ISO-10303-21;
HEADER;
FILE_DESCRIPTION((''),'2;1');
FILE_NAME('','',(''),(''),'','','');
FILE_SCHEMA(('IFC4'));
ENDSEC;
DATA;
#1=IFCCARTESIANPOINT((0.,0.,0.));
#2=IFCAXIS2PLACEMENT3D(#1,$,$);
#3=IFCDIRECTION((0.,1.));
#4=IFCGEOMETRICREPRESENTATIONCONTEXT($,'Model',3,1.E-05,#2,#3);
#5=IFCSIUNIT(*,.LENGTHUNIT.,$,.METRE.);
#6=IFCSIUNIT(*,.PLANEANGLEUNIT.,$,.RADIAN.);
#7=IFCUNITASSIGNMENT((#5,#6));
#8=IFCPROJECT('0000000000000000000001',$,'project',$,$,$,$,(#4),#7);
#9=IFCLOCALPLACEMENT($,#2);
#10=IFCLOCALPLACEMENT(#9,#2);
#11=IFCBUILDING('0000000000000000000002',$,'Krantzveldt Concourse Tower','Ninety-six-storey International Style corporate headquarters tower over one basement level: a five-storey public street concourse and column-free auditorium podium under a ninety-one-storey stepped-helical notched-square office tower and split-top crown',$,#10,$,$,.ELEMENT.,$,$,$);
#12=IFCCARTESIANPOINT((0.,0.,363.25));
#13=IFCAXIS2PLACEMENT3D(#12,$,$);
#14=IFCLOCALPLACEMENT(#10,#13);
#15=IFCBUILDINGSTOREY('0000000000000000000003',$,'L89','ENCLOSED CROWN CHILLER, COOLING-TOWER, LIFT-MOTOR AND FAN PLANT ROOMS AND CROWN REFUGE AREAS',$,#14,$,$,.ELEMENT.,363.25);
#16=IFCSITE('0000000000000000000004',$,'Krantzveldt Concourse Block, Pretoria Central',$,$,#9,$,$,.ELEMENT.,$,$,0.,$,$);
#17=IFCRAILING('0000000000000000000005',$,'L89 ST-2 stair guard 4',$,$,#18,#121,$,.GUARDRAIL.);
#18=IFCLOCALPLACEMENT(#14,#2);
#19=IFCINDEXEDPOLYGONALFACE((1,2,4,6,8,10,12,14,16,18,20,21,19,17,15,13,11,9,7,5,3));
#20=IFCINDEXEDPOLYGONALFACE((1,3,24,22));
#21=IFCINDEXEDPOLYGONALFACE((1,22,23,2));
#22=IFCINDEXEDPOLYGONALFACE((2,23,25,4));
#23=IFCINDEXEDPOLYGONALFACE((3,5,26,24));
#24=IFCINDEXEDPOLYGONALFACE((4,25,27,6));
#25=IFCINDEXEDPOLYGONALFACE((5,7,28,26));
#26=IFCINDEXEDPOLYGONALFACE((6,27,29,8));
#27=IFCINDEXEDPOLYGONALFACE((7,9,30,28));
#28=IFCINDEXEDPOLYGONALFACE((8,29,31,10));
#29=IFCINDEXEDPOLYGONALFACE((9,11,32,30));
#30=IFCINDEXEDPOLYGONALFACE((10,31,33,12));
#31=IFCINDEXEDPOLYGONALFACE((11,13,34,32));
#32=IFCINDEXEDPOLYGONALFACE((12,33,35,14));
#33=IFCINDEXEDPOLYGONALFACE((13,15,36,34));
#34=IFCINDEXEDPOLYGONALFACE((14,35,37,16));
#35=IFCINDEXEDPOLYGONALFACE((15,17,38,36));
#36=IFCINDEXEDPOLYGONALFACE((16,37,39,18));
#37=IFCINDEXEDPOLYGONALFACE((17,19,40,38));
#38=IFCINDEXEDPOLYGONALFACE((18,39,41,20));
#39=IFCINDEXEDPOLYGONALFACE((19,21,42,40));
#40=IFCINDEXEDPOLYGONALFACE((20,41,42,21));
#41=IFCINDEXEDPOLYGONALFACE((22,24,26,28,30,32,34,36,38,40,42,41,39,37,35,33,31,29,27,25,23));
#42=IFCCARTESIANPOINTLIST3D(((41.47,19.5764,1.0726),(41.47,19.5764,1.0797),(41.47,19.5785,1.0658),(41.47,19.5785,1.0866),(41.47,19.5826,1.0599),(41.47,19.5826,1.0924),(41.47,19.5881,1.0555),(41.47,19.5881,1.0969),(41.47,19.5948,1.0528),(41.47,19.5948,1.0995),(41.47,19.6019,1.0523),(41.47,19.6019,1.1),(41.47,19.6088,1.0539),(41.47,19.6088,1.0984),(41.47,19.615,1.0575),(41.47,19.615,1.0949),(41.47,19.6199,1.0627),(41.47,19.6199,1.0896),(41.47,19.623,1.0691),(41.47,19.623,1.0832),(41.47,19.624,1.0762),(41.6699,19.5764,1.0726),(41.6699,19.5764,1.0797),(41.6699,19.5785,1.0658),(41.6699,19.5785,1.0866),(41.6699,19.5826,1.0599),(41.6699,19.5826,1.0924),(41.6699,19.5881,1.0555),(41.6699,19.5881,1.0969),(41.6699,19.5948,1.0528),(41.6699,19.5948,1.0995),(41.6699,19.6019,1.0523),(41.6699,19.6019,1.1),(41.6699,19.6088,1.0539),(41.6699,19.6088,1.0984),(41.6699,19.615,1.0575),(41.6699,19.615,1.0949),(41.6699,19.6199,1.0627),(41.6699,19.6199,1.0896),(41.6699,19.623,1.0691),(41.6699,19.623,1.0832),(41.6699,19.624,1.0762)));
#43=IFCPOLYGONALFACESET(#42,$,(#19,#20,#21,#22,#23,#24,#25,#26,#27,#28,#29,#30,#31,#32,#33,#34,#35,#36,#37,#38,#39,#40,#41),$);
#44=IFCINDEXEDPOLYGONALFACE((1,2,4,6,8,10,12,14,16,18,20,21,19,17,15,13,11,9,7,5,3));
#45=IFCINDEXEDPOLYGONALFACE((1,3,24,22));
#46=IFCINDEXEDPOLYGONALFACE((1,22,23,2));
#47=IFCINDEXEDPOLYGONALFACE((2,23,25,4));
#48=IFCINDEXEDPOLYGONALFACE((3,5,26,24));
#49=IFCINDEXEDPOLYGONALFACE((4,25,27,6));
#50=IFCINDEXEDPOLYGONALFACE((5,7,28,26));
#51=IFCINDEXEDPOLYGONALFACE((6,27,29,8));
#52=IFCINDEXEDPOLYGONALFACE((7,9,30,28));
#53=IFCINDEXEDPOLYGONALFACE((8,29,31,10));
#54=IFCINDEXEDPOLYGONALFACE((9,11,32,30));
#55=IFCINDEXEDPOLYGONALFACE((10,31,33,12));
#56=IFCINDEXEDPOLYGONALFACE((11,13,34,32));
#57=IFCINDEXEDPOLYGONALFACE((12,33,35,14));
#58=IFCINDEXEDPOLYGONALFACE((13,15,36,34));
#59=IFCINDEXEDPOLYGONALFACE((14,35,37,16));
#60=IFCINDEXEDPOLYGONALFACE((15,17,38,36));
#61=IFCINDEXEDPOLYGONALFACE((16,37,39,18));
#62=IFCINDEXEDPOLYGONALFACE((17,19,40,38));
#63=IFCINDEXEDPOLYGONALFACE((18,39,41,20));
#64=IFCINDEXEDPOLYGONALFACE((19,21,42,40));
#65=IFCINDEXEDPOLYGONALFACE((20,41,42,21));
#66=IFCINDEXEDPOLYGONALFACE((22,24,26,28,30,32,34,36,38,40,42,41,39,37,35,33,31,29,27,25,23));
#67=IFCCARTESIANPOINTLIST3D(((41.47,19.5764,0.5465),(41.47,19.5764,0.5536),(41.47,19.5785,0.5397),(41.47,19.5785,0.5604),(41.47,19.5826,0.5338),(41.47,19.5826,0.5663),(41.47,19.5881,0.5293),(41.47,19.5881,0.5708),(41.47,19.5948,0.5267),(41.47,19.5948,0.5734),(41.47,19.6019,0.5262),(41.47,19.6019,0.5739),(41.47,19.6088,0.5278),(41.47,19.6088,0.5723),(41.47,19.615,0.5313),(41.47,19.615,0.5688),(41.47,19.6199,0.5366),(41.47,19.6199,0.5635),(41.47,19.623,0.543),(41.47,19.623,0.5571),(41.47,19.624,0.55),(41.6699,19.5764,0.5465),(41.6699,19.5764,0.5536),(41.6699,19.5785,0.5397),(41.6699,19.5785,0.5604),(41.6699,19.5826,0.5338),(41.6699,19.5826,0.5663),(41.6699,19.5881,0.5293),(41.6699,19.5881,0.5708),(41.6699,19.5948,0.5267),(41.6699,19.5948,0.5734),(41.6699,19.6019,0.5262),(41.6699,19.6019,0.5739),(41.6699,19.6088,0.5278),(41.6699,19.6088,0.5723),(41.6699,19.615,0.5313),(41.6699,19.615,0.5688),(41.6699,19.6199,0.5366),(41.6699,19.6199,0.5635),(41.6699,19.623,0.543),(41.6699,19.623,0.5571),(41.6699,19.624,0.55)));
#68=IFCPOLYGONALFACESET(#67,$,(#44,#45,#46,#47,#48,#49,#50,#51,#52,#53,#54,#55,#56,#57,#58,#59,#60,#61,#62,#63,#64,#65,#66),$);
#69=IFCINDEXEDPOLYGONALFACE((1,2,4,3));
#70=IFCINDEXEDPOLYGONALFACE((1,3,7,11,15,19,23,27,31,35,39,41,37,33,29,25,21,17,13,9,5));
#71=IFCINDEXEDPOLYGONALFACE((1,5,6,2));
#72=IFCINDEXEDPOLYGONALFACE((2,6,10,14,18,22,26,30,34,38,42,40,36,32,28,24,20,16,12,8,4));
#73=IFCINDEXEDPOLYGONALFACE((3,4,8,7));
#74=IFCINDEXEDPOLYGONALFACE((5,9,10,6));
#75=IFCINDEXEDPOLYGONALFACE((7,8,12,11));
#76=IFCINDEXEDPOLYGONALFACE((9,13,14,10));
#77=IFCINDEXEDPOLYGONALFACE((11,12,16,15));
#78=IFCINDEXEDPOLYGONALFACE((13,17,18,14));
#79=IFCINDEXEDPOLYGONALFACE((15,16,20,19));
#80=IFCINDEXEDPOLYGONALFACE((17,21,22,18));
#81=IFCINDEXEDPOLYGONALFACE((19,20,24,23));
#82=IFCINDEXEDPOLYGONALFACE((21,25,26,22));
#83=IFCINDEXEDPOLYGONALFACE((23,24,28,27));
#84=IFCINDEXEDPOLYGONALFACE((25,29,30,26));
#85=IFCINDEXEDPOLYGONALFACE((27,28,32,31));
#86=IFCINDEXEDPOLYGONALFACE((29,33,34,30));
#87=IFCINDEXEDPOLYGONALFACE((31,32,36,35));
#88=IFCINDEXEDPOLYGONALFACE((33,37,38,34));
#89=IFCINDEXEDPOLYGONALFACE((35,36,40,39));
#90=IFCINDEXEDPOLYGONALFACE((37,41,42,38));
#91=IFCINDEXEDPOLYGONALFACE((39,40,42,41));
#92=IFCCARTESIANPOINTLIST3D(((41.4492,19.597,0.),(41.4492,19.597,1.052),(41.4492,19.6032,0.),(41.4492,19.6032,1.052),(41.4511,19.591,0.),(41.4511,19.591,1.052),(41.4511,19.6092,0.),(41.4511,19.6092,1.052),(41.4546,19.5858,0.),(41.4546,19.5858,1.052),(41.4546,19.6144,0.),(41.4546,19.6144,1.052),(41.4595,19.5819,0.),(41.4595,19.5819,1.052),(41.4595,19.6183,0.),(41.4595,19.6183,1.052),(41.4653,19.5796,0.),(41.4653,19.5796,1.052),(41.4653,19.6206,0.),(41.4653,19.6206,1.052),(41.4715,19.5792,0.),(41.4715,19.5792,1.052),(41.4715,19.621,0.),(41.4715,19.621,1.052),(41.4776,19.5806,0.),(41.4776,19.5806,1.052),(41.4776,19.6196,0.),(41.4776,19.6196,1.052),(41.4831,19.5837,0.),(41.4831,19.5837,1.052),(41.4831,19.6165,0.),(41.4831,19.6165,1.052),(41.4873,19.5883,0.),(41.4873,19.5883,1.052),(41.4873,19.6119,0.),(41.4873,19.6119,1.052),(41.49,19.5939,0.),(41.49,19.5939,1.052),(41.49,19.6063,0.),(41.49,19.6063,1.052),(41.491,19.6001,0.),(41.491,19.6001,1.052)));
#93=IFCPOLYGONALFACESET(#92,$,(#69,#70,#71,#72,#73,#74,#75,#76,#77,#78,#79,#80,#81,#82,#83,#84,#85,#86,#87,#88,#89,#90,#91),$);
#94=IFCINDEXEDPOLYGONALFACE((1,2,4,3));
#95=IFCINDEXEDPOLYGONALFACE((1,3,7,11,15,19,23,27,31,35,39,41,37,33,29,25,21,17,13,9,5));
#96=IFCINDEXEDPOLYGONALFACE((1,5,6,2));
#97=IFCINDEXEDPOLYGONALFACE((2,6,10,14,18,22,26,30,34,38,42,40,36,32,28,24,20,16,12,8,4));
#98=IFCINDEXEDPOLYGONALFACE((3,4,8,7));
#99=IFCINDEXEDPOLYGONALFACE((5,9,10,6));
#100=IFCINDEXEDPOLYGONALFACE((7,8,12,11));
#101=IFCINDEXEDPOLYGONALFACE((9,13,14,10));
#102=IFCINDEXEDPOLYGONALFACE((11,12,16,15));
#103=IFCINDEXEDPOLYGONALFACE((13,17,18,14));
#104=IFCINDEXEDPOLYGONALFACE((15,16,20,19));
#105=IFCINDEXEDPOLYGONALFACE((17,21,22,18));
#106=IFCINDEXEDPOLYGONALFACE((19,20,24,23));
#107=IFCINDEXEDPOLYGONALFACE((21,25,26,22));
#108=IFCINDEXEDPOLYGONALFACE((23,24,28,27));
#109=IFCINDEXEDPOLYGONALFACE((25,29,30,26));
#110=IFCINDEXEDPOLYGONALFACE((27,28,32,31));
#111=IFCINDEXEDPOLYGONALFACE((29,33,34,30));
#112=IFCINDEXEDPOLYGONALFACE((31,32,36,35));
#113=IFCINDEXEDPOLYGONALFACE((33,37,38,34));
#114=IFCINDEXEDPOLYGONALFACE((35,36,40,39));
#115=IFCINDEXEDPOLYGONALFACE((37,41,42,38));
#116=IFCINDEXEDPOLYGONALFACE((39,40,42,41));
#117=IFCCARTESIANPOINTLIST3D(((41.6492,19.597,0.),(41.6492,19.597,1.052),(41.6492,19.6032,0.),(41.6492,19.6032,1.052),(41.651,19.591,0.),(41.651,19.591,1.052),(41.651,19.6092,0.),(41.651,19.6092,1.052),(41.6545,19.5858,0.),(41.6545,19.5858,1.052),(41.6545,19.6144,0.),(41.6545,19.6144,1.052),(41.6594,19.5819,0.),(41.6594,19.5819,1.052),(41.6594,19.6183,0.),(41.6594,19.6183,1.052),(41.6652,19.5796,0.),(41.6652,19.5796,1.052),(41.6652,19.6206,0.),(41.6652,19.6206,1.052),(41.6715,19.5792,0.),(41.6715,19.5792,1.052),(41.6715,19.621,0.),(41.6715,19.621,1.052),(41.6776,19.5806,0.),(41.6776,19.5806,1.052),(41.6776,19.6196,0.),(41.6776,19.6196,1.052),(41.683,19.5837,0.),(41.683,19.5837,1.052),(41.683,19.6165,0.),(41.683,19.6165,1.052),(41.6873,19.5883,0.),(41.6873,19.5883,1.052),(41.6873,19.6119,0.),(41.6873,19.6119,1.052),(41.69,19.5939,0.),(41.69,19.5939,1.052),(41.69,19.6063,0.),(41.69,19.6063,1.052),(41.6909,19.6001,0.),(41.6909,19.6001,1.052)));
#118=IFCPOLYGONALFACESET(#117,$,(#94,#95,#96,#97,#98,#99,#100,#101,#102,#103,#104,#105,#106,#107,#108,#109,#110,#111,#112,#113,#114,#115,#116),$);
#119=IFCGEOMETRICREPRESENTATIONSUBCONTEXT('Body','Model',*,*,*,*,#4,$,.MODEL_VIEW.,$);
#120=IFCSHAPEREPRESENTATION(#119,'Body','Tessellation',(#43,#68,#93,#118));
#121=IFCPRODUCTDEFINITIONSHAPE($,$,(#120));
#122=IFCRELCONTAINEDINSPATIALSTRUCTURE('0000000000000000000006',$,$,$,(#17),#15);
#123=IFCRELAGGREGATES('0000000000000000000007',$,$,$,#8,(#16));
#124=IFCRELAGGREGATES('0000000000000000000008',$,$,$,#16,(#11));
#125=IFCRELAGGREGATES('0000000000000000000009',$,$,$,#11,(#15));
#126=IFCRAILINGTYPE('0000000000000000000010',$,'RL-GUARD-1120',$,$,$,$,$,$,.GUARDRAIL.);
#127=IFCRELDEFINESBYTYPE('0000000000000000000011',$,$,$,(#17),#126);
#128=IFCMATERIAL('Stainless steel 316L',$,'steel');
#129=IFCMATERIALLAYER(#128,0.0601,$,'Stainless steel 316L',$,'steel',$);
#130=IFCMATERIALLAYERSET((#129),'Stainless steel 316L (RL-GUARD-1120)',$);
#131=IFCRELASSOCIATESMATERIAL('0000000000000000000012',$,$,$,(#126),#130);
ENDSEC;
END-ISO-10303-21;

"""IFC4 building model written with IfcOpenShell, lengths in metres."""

from ifc_helpers import new_model, si_unit, direction, frame, origin, origin_2d, place, context, subcontext, project, spatial, circle, extrude, material, layer, layer_set, type_object, element, save


model = new_model("IFC4")

# Units and contexts
model_context = context("Model", 3, precision=1e-05, world=origin(), true_north=direction((0.0, 1.0)))
body_context = subcontext(model_context, "Body", "Model", "MODEL_VIEW")
ifc_project = project(units=[si_unit("LENGTHUNIT", "METRE"), si_unit("PLANEANGLEUNIT", "RADIAN")], contexts=[model_context])

# Site, building, storey
site_placement = place(None, origin())
site = spatial("IfcSite", under=ifc_project, at=site_placement, Name="Krantzveldt Concourse Block, Pretoria Central", CompositionType="ELEMENT", RefElevation=0.0)
building_placement = place(site_placement, origin())
building = spatial("IfcBuilding", under=site, at=building_placement, Name="Krantzveldt Concourse Tower", Description="Ninety-six-storey International Style corporate headquarters tower over one basement level: a five-storey public street concourse and column-free auditorium podium under a ninety-one-storey stepped-helical notched-square office tower and split-top crown", CompositionType="ELEMENT")
storey_placement = place(building_placement, frame((0.0, 0.0, 363.25)))
storey = spatial("IfcBuildingStorey", under=building, at=storey_placement, Name="L89", Description="ENCLOSED CROWN CHILLER, COOLING-TOWER, LIFT-MOTOR AND FAN PLANT ROOMS AND CROWN REFUGE AREAS", CompositionType="ELEMENT", Elevation=363.25)

# Shared definitions
ifc_material_1 = material(Name="Stainless steel 316L", Category="steel")

# Railing
ifc_layer_1 = layer(ifc_material_1, 0.0601, Name="Stainless steel 316L", Category="steel")
ifc_layer_set_1 = layer_set([ifc_layer_1], Name="Stainless steel 316L (RL-GUARD-1120)")
railing_type_1 = type_object("IfcRailingType", Name="RL-GUARD-1120", PredefinedType="GUARDRAIL", material=ifc_layer_set_1)
railing_1_placement = place(storey_placement, frame((41.47, 19.6001, 0.0)))
element("IfcRailing", 1, at=railing_1_placement, inside=storey, type_object=railing_type_1, Name="L89 ST-2 stair guard 4", PredefinedType="GUARDRAIL", context=body_context, shape_type="SweptSolid", body=[
    extrude(circle(Radius=0.0239, at=origin_2d()), frame((0.0, 0.0, 1.0762), z_axis=(1.0, 0.0, 0.0), x_axis=(0.0, 1.0, 0.0)), (0.0, 0.0, 1.0), 0.2),
    extrude(circle(Radius=0.0239, at=origin_2d()), frame((0.0, 0.0, 0.55), z_axis=(1.0, 0.0, 0.0), x_axis=(0.0, 1.0, 0.0)), (0.0, 0.0, 1.0), 0.2),
    extrude(circle(Radius=0.021, at=origin_2d()), origin(), (0.0, 0.0, 1.0), 1.052),
    extrude(circle(Radius=0.021, at=origin_2d()), frame((0.2, 0.0, 0.0)), (0.0, 0.0, 1.0), 1.052),
])

save(model, "model.ifc")
